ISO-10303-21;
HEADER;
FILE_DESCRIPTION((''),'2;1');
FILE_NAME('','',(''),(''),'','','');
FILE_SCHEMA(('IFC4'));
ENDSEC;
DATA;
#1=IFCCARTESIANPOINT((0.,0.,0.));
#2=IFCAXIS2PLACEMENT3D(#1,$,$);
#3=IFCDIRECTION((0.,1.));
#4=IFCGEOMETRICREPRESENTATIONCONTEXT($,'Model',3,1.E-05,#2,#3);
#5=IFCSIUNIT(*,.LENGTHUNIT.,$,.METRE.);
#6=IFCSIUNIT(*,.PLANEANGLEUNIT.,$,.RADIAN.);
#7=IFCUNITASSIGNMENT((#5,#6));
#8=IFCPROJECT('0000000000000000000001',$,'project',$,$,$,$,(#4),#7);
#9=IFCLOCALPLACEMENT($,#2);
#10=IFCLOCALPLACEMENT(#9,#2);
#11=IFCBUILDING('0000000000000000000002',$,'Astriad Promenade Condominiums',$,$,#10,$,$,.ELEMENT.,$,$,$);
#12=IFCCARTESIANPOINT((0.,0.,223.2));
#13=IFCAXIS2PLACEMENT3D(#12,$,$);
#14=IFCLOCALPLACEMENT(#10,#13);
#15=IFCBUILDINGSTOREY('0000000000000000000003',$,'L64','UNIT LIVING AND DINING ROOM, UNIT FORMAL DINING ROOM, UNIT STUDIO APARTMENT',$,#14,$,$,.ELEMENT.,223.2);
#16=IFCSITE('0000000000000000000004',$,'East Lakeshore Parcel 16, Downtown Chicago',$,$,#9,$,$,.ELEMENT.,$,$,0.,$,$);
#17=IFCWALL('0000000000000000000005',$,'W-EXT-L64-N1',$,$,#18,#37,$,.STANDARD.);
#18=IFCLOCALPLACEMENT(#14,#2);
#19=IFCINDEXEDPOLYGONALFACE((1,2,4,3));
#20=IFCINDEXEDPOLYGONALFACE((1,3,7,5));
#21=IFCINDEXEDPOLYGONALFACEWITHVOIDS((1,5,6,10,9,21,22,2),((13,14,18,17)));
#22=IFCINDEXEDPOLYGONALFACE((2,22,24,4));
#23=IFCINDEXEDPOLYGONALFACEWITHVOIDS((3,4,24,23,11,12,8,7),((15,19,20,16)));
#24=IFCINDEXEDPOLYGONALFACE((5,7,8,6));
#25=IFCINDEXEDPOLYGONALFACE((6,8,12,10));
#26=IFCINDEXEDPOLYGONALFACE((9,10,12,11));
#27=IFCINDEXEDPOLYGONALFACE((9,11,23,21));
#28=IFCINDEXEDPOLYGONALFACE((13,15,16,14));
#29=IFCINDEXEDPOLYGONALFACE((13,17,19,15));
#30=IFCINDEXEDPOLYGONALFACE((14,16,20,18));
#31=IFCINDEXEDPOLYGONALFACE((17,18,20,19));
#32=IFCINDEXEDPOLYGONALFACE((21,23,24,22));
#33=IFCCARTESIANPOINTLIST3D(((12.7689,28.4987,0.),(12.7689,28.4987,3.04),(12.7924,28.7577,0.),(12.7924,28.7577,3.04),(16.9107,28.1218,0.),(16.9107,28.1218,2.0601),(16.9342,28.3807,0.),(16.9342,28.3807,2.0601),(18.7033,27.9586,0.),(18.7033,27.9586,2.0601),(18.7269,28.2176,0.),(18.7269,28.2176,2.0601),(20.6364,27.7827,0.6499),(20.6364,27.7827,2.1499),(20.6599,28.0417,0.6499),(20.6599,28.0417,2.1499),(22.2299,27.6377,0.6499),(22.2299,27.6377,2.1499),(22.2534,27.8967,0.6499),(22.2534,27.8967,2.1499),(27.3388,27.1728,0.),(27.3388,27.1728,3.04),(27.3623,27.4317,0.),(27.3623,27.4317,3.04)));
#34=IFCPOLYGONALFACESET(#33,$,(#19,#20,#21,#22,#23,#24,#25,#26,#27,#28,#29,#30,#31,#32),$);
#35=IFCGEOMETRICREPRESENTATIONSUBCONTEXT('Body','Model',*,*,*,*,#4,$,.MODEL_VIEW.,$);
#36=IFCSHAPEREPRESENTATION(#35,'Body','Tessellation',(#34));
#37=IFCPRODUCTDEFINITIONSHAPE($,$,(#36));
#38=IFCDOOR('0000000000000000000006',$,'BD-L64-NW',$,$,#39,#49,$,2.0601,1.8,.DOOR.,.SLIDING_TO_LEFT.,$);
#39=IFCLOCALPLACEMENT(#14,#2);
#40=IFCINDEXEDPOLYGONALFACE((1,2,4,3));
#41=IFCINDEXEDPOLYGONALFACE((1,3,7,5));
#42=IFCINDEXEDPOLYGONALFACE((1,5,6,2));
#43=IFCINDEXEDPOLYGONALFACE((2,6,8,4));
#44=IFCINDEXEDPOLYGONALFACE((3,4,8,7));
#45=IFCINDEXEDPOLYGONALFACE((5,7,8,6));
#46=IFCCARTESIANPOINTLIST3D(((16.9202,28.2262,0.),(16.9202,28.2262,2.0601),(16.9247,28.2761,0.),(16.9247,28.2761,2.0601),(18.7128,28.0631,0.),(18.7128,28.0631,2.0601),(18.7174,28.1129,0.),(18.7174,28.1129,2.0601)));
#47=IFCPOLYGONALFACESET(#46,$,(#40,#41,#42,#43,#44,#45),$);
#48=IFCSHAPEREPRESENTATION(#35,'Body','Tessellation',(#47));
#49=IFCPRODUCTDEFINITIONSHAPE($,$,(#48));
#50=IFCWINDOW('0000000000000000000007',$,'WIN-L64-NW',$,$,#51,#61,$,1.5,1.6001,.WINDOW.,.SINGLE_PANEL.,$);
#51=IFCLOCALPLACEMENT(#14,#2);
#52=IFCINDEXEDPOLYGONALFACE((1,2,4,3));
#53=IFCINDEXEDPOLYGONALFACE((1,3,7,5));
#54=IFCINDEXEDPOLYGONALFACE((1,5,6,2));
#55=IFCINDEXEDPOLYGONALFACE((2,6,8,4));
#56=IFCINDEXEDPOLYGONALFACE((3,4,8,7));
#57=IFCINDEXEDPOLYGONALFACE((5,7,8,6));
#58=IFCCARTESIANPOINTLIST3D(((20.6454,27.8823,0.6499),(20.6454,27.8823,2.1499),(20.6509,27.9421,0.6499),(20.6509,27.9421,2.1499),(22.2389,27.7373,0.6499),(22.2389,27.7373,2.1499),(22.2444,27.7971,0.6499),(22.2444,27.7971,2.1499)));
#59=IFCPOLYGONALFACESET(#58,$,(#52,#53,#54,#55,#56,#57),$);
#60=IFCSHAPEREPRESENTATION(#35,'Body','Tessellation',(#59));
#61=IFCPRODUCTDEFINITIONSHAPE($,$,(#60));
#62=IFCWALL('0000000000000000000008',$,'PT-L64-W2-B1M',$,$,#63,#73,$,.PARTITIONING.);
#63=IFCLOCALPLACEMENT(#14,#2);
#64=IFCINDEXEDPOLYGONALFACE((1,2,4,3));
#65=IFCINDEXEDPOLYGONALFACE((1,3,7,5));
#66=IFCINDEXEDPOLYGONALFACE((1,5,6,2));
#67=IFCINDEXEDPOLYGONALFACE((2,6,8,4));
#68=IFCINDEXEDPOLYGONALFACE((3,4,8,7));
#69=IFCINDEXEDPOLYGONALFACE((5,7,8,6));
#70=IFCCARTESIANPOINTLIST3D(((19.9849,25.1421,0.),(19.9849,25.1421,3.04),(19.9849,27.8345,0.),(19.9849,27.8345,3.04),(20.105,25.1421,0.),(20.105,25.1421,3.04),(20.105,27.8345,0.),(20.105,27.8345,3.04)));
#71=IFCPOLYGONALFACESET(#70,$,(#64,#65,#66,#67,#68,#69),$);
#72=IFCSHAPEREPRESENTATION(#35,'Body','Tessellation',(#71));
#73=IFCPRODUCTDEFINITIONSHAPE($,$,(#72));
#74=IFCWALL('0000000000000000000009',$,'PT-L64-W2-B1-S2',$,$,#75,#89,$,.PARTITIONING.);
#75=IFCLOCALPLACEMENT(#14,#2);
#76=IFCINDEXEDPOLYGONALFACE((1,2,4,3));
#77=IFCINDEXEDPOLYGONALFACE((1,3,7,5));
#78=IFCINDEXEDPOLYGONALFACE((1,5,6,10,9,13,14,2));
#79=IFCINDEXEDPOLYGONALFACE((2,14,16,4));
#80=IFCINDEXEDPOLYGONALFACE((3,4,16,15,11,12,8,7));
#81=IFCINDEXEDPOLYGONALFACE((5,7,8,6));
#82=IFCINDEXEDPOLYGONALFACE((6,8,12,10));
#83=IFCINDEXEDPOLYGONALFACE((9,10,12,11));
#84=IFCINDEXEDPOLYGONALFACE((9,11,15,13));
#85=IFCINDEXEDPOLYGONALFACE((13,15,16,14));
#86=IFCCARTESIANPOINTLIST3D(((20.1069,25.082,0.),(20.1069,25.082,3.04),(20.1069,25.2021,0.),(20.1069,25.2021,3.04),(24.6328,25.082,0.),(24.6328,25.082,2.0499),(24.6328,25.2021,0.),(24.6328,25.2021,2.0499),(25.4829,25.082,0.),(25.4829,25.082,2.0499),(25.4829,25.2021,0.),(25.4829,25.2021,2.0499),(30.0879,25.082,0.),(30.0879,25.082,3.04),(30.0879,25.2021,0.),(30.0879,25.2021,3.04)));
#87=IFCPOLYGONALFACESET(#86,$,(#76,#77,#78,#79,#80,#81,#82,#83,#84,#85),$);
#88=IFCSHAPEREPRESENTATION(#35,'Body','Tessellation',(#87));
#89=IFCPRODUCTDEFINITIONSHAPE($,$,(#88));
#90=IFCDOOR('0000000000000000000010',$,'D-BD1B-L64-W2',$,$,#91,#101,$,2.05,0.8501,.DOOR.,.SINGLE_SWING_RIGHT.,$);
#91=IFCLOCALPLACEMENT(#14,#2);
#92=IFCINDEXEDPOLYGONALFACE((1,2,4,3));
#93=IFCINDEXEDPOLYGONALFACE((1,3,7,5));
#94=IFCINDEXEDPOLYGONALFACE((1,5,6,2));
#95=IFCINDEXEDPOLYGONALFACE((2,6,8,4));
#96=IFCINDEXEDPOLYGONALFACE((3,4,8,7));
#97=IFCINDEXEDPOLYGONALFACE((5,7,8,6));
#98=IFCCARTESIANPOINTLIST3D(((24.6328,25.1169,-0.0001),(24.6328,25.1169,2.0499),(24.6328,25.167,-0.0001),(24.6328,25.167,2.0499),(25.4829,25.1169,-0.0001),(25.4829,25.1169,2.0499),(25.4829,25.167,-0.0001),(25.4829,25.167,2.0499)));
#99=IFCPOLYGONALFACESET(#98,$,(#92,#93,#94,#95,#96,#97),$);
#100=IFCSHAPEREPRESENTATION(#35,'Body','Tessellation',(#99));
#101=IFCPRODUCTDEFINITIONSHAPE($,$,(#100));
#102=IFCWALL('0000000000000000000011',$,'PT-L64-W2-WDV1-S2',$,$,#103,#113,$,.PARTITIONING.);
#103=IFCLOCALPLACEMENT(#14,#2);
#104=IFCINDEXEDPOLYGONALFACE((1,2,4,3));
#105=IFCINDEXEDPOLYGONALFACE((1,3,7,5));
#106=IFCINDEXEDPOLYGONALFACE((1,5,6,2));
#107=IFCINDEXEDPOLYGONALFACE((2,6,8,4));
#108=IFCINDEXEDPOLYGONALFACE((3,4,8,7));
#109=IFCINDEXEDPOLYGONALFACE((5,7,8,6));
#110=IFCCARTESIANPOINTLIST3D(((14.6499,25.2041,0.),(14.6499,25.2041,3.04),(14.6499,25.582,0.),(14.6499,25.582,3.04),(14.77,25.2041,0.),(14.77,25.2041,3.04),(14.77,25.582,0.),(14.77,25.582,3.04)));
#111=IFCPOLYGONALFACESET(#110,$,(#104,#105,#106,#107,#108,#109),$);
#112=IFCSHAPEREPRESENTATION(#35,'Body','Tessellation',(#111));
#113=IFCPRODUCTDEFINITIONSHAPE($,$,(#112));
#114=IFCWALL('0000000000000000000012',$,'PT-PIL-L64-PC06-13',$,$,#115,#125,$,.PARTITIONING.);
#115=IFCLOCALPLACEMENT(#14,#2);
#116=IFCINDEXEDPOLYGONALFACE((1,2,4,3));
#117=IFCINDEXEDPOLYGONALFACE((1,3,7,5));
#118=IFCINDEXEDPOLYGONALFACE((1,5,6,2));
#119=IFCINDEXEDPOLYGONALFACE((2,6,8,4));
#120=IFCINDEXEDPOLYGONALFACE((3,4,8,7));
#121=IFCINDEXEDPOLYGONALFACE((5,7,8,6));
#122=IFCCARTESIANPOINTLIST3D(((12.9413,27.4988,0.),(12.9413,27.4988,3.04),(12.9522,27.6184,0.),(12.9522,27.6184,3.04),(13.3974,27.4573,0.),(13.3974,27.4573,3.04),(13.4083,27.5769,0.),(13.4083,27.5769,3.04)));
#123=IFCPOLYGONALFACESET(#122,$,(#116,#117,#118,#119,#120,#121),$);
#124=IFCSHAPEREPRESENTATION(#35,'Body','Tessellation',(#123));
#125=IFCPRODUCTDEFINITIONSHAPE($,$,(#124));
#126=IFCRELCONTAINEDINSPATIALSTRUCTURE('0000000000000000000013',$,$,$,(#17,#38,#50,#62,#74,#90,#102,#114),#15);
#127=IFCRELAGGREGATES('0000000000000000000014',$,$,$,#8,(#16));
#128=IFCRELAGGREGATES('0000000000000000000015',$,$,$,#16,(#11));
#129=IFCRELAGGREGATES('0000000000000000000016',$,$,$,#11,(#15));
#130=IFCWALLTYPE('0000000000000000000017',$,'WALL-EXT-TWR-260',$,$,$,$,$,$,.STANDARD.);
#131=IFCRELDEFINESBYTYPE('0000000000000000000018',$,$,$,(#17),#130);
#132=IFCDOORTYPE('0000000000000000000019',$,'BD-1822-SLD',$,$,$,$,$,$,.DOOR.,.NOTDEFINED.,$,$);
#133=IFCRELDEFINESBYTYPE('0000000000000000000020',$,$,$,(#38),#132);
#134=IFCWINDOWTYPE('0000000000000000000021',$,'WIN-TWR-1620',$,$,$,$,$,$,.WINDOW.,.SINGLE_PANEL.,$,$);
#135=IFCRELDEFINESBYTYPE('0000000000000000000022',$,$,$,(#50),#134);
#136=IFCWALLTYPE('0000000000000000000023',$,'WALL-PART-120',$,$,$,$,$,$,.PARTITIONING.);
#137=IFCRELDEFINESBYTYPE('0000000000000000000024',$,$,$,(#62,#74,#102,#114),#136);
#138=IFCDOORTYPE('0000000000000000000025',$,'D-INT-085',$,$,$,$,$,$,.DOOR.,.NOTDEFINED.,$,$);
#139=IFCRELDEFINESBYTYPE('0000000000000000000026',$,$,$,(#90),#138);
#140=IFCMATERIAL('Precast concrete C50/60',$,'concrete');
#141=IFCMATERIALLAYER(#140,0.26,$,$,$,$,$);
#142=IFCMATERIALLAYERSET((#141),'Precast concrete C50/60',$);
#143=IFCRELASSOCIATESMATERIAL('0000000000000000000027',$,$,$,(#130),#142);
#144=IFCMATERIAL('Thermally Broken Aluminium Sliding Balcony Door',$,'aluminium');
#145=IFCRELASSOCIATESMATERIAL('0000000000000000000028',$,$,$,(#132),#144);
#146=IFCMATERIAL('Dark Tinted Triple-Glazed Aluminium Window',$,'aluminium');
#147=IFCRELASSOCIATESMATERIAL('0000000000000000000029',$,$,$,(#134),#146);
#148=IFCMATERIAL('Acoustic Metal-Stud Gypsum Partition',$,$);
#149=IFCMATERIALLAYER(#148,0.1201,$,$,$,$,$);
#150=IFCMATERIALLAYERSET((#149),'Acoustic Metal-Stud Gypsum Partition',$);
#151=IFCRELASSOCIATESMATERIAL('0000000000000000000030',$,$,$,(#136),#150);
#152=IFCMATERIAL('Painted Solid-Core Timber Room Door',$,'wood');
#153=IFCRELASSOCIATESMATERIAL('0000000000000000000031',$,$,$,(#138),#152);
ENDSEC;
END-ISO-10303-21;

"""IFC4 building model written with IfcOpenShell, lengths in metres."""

from ifc_helpers import new_model, si_unit, direction, frame, frame_2d, origin, place, context, subcontext, project, spatial, rectangle, extrude, source, transform, mapped, material, layer, layer_set, type_object, type_shapes, element, fill, save


model = new_model("IFC4")

# Units and contexts
model_context = context("Model", 3, precision=1e-05, world=origin(), true_north=direction((0.0, 1.0)))
body_context = subcontext(model_context, "Body", "Model", "MODEL_VIEW")
ifc_project = project(units=[si_unit("LENGTHUNIT", "METRE"), si_unit("PLANEANGLEUNIT", "RADIAN")], contexts=[model_context])

# Site, building, storey
site_placement = place(None, origin())
site = spatial("IfcSite", under=ifc_project, at=site_placement, Name="East Lakeshore Parcel 16, Downtown Chicago", CompositionType="ELEMENT", RefElevation=0.0)
building_placement = place(site_placement, origin())
building = spatial("IfcBuilding", under=site, at=building_placement, Name="Astriad Promenade Condominiums", CompositionType="ELEMENT")
storey_placement = place(building_placement, frame((0.0, 0.0, 223.2)))
storey = spatial("IfcBuildingStorey", under=building, at=storey_placement, Name="L64", Description="UNIT LIVING AND DINING ROOM, UNIT FORMAL DINING ROOM, UNIT STUDIO APARTMENT", CompositionType="ELEMENT", Elevation=223.2)

# Shared definitions
ifc_material_1 = material(Name="Precast concrete C50/60", Category="concrete")
ifc_layer_1 = layer(ifc_material_1, 0.26)
ifc_layer_set_1 = layer_set([ifc_layer_1], Name="Precast concrete C50/60")
wall_type_1 = type_object("IfcWallType", Name="WALL-EXT-TWR-260", PredefinedType="STANDARD", material=ifc_layer_set_1)

# Wall, openings, door, window
wall_1_placement = place(storey_placement, frame((12.7808, 28.6282, 0.0), z_axis=(0.0, 0.0, 1.0), x_axis=(0.995885, -0.090631, 0.0)))
wall_1 = element("IfcWall", 1, at=wall_1_placement, inside=storey, type_object=wall_type_1, Name="W-EXT-L64-N1", PredefinedType="STANDARD", context=body_context, shape_type="SweptSolid", body=[
    extrude(rectangle(XDim=14.6301, YDim=0.26, at=frame_2d((7.3149, 0.0))), origin(), (0.0, 0.0, 1.0), 3.04),
])
opening_1_placement = place(wall_1_placement, frame((4.1589, 0.0, 0.0)))
opening_1 = element("IfcOpeningElement", 2, at=opening_1_placement, cuts=wall_1, PredefinedType="OPENING", context=body_context, shape_type="SweptSolid", body=[
    extrude(rectangle(XDim=1.8, YDim=2.0601, at=frame_2d((0.8999, 1.03))), frame((0.0, 0.1399, 0.0), z_axis=(0.0, -1.0, 0.0), x_axis=(1.0, 0.0, 0.0)), (0.0, 0.0, 1.0), 0.28),
])
opening_2_placement = place(wall_1_placement, frame((7.8999, 0.0, 0.6499)))
opening_2 = element("IfcOpeningElement", 3, at=opening_2_placement, cuts=wall_1, PredefinedType="OPENING", context=body_context, shape_type="SweptSolid", body=[
    extrude(rectangle(XDim=1.6001, YDim=1.5, at=frame_2d((0.8, 0.75))), frame((0.0, 0.1399, 0.0), z_axis=(0.0, -1.0, 0.0), x_axis=(1.0, 0.0, 0.0)), (0.0, 0.0, 1.0), 0.28),
])
ifc_material_2 = material(Name="Thermally Broken Aluminium Sliding Balcony Door", Category="aluminium")
door_type_1 = type_object("IfcDoorType", Name="BD-1822-SLD", OperationType="NOTDEFINED", PredefinedType="DOOR", material=ifc_material_2)
shared_shape_1 = source(origin(), body_context, "Body", "SweptSolid", [
    extrude(rectangle(XDim=1.8, YDim=2.0601, at=frame_2d((0.8999, 1.03))), frame((0.0, 0.0249, 0.0), z_axis=(0.0, -1.0, 0.0), x_axis=(1.0, 0.0, 0.0)), (0.0, 0.0, 1.0), 0.05),
])
type_shapes(door_type_1, [shared_shape_1])
door_1_placement = place(opening_1_placement, origin())
door_1 = element("IfcDoor", 4, at=door_1_placement, inside=storey, type_object=door_type_1, Name="BD-L64-NW", OperationType="SLIDING_TO_LEFT", OverallHeight=2.0601, OverallWidth=1.8, PredefinedType="DOOR", context=body_context, shape_type="MappedRepresentation", body=[
    mapped(shared_shape_1, transform((0.0, 0.0, 0.0), scale=1.0)),
])
fill(opening_1, door_1)
ifc_material_3 = material(Name="Dark Tinted Triple-Glazed Aluminium Window", Category="aluminium")
window_type = type_object("IfcWindowType", Name="WIN-TWR-1620", PartitioningType="SINGLE_PANEL", PredefinedType="WINDOW", material=ifc_material_3)
shared_shape_2 = source(origin(), body_context, "Body", "SweptSolid", [
    extrude(rectangle(XDim=1.6001, YDim=1.5, at=frame_2d((0.8, 0.75))), frame((0.0, 0.03, 0.0), z_axis=(0.0, -1.0, 0.0), x_axis=(1.0, 0.0, 0.0)), (0.0, 0.0, 1.0), 0.0601),
])
type_shapes(window_type, [shared_shape_2])
window_placement = place(opening_2_placement, origin())
window = element("IfcWindow", 5, at=window_placement, inside=storey, type_object=window_type, Name="WIN-L64-NW", OverallHeight=1.5, OverallWidth=1.6001, PartitioningType="SINGLE_PANEL", PredefinedType="WINDOW", context=body_context, shape_type="MappedRepresentation", body=[
    mapped(shared_shape_2, transform((0.0, 0.0, 0.0), scale=1.0)),
])
fill(opening_2, window)

# Wall
ifc_material_4 = material(Name="Acoustic Metal-Stud Gypsum Partition")
ifc_layer_2 = layer(ifc_material_4, 0.1201)
ifc_layer_set_2 = layer_set([ifc_layer_2], Name="Acoustic Metal-Stud Gypsum Partition")
wall_type_2 = type_object("IfcWallType", Name="WALL-PART-120", PredefinedType="PARTITIONING", material=ifc_layer_set_2)
wall_2_placement = place(storey_placement, frame((20.0449, 25.1421, 0.0), z_axis=(0.0, 0.0, 1.0), x_axis=(0.0, 1.0, 0.0)))
element("IfcWall", 6, at=wall_2_placement, inside=storey, type_object=wall_type_2, Name="PT-L64-W2-B1M", PredefinedType="PARTITIONING", context=body_context, shape_type="SweptSolid", body=[
    extrude(rectangle(XDim=2.6924, YDim=0.1201, at=frame_2d((1.3462, 0.0))), origin(), (0.0, 0.0, 1.0), 3.04),
])

# Wall, opening, door
wall_3_placement = place(storey_placement, frame((20.1069, 25.1421, 0.0), z_axis=(0.0, 0.0, 1.0), x_axis=(1.0, 0.0, 0.0)))
wall_3 = element("IfcWall", 7, at=wall_3_placement, inside=storey, type_object=wall_type_2, Name="PT-L64-W2-B1-S2", PredefinedType="PARTITIONING", context=body_context, shape_type="SweptSolid", body=[
    extrude(rectangle(XDim=9.981, YDim=0.1201, at=frame_2d((4.9905, 0.0))), origin(), (0.0, 0.0, 1.0), 3.04),
])
opening_3_placement = place(wall_3_placement, frame((4.5259, 0.0, 0.0)))
opening_3 = element("IfcOpeningElement", 8, at=opening_3_placement, cuts=wall_3, PredefinedType="OPENING", context=body_context, shape_type="SweptSolid", body=[
    extrude(rectangle(XDim=0.8501, YDim=2.05, at=frame_2d((0.425, 1.0249))), frame((0.0, 0.0701, 0.0), z_axis=(0.0, -1.0, 0.0), x_axis=(1.0, 0.0, 0.0)), (0.0, 0.0, 1.0), 0.1401),
])
ifc_material_5 = material(Name="Painted Solid-Core Timber Room Door", Category="wood")
door_type_2 = type_object("IfcDoorType", Name="D-INT-085", OperationType="NOTDEFINED", PredefinedType="DOOR", material=ifc_material_5)
shared_shape_3 = source(origin(), body_context, "Body", "SweptSolid", [
    extrude(rectangle(XDim=0.8501, YDim=2.05, at=frame_2d((0.425, 1.0249))), frame((0.0, 0.0249, 0.0), z_axis=(0.0, -1.0, 0.0), x_axis=(1.0, 0.0, 0.0)), (0.0, 0.0, 1.0), 0.05),
])
type_shapes(door_type_2, [shared_shape_3])
door_2_placement = place(opening_3_placement, origin())
door_2 = element("IfcDoor", 9, at=door_2_placement, inside=storey, type_object=door_type_2, Name="D-BD1B-L64-W2", OperationType="SINGLE_SWING_RIGHT", OverallHeight=2.05, OverallWidth=0.8501, PredefinedType="DOOR", context=body_context, shape_type="MappedRepresentation", body=[
    mapped(shared_shape_3, transform((0.0, 0.0, 0.0), scale=1.0)),
])
fill(opening_3, door_2)

# Walls
wall_4_placement = place(storey_placement, frame((14.71, 25.2041, 0.0), z_axis=(0.0, 0.0, 1.0), x_axis=(0.0, 1.0, 0.0)))
element("IfcWall", 10, at=wall_4_placement, inside=storey, type_object=wall_type_2, Name="PT-L64-W2-WDV1-S2", PredefinedType="PARTITIONING", context=body_context, shape_type="SweptSolid", body=[
    extrude(rectangle(XDim=0.3779, YDim=0.1201, at=frame_2d((0.189, 0.0))), origin(), (0.0, 0.0, 1.0), 3.04),
])
wall_5_placement = place(storey_placement, frame((13.4028, 27.5171, 0.0), z_axis=(0.0, 0.0, 1.0), x_axis=(-0.995884, 0.090632, 0.0)))
element("IfcWall", 11, at=wall_5_placement, inside=storey, type_object=wall_type_2, Name="PT-PIL-L64-PC06-13", PredefinedType="PARTITIONING", context=body_context, shape_type="SweptSolid", body=[
    extrude(rectangle(XDim=0.458, YDim=0.1201, at=frame_2d((0.229, 0.0))), origin(), (0.0, 0.0, 1.0), 3.04),
])

save(model, "model.ifc")
